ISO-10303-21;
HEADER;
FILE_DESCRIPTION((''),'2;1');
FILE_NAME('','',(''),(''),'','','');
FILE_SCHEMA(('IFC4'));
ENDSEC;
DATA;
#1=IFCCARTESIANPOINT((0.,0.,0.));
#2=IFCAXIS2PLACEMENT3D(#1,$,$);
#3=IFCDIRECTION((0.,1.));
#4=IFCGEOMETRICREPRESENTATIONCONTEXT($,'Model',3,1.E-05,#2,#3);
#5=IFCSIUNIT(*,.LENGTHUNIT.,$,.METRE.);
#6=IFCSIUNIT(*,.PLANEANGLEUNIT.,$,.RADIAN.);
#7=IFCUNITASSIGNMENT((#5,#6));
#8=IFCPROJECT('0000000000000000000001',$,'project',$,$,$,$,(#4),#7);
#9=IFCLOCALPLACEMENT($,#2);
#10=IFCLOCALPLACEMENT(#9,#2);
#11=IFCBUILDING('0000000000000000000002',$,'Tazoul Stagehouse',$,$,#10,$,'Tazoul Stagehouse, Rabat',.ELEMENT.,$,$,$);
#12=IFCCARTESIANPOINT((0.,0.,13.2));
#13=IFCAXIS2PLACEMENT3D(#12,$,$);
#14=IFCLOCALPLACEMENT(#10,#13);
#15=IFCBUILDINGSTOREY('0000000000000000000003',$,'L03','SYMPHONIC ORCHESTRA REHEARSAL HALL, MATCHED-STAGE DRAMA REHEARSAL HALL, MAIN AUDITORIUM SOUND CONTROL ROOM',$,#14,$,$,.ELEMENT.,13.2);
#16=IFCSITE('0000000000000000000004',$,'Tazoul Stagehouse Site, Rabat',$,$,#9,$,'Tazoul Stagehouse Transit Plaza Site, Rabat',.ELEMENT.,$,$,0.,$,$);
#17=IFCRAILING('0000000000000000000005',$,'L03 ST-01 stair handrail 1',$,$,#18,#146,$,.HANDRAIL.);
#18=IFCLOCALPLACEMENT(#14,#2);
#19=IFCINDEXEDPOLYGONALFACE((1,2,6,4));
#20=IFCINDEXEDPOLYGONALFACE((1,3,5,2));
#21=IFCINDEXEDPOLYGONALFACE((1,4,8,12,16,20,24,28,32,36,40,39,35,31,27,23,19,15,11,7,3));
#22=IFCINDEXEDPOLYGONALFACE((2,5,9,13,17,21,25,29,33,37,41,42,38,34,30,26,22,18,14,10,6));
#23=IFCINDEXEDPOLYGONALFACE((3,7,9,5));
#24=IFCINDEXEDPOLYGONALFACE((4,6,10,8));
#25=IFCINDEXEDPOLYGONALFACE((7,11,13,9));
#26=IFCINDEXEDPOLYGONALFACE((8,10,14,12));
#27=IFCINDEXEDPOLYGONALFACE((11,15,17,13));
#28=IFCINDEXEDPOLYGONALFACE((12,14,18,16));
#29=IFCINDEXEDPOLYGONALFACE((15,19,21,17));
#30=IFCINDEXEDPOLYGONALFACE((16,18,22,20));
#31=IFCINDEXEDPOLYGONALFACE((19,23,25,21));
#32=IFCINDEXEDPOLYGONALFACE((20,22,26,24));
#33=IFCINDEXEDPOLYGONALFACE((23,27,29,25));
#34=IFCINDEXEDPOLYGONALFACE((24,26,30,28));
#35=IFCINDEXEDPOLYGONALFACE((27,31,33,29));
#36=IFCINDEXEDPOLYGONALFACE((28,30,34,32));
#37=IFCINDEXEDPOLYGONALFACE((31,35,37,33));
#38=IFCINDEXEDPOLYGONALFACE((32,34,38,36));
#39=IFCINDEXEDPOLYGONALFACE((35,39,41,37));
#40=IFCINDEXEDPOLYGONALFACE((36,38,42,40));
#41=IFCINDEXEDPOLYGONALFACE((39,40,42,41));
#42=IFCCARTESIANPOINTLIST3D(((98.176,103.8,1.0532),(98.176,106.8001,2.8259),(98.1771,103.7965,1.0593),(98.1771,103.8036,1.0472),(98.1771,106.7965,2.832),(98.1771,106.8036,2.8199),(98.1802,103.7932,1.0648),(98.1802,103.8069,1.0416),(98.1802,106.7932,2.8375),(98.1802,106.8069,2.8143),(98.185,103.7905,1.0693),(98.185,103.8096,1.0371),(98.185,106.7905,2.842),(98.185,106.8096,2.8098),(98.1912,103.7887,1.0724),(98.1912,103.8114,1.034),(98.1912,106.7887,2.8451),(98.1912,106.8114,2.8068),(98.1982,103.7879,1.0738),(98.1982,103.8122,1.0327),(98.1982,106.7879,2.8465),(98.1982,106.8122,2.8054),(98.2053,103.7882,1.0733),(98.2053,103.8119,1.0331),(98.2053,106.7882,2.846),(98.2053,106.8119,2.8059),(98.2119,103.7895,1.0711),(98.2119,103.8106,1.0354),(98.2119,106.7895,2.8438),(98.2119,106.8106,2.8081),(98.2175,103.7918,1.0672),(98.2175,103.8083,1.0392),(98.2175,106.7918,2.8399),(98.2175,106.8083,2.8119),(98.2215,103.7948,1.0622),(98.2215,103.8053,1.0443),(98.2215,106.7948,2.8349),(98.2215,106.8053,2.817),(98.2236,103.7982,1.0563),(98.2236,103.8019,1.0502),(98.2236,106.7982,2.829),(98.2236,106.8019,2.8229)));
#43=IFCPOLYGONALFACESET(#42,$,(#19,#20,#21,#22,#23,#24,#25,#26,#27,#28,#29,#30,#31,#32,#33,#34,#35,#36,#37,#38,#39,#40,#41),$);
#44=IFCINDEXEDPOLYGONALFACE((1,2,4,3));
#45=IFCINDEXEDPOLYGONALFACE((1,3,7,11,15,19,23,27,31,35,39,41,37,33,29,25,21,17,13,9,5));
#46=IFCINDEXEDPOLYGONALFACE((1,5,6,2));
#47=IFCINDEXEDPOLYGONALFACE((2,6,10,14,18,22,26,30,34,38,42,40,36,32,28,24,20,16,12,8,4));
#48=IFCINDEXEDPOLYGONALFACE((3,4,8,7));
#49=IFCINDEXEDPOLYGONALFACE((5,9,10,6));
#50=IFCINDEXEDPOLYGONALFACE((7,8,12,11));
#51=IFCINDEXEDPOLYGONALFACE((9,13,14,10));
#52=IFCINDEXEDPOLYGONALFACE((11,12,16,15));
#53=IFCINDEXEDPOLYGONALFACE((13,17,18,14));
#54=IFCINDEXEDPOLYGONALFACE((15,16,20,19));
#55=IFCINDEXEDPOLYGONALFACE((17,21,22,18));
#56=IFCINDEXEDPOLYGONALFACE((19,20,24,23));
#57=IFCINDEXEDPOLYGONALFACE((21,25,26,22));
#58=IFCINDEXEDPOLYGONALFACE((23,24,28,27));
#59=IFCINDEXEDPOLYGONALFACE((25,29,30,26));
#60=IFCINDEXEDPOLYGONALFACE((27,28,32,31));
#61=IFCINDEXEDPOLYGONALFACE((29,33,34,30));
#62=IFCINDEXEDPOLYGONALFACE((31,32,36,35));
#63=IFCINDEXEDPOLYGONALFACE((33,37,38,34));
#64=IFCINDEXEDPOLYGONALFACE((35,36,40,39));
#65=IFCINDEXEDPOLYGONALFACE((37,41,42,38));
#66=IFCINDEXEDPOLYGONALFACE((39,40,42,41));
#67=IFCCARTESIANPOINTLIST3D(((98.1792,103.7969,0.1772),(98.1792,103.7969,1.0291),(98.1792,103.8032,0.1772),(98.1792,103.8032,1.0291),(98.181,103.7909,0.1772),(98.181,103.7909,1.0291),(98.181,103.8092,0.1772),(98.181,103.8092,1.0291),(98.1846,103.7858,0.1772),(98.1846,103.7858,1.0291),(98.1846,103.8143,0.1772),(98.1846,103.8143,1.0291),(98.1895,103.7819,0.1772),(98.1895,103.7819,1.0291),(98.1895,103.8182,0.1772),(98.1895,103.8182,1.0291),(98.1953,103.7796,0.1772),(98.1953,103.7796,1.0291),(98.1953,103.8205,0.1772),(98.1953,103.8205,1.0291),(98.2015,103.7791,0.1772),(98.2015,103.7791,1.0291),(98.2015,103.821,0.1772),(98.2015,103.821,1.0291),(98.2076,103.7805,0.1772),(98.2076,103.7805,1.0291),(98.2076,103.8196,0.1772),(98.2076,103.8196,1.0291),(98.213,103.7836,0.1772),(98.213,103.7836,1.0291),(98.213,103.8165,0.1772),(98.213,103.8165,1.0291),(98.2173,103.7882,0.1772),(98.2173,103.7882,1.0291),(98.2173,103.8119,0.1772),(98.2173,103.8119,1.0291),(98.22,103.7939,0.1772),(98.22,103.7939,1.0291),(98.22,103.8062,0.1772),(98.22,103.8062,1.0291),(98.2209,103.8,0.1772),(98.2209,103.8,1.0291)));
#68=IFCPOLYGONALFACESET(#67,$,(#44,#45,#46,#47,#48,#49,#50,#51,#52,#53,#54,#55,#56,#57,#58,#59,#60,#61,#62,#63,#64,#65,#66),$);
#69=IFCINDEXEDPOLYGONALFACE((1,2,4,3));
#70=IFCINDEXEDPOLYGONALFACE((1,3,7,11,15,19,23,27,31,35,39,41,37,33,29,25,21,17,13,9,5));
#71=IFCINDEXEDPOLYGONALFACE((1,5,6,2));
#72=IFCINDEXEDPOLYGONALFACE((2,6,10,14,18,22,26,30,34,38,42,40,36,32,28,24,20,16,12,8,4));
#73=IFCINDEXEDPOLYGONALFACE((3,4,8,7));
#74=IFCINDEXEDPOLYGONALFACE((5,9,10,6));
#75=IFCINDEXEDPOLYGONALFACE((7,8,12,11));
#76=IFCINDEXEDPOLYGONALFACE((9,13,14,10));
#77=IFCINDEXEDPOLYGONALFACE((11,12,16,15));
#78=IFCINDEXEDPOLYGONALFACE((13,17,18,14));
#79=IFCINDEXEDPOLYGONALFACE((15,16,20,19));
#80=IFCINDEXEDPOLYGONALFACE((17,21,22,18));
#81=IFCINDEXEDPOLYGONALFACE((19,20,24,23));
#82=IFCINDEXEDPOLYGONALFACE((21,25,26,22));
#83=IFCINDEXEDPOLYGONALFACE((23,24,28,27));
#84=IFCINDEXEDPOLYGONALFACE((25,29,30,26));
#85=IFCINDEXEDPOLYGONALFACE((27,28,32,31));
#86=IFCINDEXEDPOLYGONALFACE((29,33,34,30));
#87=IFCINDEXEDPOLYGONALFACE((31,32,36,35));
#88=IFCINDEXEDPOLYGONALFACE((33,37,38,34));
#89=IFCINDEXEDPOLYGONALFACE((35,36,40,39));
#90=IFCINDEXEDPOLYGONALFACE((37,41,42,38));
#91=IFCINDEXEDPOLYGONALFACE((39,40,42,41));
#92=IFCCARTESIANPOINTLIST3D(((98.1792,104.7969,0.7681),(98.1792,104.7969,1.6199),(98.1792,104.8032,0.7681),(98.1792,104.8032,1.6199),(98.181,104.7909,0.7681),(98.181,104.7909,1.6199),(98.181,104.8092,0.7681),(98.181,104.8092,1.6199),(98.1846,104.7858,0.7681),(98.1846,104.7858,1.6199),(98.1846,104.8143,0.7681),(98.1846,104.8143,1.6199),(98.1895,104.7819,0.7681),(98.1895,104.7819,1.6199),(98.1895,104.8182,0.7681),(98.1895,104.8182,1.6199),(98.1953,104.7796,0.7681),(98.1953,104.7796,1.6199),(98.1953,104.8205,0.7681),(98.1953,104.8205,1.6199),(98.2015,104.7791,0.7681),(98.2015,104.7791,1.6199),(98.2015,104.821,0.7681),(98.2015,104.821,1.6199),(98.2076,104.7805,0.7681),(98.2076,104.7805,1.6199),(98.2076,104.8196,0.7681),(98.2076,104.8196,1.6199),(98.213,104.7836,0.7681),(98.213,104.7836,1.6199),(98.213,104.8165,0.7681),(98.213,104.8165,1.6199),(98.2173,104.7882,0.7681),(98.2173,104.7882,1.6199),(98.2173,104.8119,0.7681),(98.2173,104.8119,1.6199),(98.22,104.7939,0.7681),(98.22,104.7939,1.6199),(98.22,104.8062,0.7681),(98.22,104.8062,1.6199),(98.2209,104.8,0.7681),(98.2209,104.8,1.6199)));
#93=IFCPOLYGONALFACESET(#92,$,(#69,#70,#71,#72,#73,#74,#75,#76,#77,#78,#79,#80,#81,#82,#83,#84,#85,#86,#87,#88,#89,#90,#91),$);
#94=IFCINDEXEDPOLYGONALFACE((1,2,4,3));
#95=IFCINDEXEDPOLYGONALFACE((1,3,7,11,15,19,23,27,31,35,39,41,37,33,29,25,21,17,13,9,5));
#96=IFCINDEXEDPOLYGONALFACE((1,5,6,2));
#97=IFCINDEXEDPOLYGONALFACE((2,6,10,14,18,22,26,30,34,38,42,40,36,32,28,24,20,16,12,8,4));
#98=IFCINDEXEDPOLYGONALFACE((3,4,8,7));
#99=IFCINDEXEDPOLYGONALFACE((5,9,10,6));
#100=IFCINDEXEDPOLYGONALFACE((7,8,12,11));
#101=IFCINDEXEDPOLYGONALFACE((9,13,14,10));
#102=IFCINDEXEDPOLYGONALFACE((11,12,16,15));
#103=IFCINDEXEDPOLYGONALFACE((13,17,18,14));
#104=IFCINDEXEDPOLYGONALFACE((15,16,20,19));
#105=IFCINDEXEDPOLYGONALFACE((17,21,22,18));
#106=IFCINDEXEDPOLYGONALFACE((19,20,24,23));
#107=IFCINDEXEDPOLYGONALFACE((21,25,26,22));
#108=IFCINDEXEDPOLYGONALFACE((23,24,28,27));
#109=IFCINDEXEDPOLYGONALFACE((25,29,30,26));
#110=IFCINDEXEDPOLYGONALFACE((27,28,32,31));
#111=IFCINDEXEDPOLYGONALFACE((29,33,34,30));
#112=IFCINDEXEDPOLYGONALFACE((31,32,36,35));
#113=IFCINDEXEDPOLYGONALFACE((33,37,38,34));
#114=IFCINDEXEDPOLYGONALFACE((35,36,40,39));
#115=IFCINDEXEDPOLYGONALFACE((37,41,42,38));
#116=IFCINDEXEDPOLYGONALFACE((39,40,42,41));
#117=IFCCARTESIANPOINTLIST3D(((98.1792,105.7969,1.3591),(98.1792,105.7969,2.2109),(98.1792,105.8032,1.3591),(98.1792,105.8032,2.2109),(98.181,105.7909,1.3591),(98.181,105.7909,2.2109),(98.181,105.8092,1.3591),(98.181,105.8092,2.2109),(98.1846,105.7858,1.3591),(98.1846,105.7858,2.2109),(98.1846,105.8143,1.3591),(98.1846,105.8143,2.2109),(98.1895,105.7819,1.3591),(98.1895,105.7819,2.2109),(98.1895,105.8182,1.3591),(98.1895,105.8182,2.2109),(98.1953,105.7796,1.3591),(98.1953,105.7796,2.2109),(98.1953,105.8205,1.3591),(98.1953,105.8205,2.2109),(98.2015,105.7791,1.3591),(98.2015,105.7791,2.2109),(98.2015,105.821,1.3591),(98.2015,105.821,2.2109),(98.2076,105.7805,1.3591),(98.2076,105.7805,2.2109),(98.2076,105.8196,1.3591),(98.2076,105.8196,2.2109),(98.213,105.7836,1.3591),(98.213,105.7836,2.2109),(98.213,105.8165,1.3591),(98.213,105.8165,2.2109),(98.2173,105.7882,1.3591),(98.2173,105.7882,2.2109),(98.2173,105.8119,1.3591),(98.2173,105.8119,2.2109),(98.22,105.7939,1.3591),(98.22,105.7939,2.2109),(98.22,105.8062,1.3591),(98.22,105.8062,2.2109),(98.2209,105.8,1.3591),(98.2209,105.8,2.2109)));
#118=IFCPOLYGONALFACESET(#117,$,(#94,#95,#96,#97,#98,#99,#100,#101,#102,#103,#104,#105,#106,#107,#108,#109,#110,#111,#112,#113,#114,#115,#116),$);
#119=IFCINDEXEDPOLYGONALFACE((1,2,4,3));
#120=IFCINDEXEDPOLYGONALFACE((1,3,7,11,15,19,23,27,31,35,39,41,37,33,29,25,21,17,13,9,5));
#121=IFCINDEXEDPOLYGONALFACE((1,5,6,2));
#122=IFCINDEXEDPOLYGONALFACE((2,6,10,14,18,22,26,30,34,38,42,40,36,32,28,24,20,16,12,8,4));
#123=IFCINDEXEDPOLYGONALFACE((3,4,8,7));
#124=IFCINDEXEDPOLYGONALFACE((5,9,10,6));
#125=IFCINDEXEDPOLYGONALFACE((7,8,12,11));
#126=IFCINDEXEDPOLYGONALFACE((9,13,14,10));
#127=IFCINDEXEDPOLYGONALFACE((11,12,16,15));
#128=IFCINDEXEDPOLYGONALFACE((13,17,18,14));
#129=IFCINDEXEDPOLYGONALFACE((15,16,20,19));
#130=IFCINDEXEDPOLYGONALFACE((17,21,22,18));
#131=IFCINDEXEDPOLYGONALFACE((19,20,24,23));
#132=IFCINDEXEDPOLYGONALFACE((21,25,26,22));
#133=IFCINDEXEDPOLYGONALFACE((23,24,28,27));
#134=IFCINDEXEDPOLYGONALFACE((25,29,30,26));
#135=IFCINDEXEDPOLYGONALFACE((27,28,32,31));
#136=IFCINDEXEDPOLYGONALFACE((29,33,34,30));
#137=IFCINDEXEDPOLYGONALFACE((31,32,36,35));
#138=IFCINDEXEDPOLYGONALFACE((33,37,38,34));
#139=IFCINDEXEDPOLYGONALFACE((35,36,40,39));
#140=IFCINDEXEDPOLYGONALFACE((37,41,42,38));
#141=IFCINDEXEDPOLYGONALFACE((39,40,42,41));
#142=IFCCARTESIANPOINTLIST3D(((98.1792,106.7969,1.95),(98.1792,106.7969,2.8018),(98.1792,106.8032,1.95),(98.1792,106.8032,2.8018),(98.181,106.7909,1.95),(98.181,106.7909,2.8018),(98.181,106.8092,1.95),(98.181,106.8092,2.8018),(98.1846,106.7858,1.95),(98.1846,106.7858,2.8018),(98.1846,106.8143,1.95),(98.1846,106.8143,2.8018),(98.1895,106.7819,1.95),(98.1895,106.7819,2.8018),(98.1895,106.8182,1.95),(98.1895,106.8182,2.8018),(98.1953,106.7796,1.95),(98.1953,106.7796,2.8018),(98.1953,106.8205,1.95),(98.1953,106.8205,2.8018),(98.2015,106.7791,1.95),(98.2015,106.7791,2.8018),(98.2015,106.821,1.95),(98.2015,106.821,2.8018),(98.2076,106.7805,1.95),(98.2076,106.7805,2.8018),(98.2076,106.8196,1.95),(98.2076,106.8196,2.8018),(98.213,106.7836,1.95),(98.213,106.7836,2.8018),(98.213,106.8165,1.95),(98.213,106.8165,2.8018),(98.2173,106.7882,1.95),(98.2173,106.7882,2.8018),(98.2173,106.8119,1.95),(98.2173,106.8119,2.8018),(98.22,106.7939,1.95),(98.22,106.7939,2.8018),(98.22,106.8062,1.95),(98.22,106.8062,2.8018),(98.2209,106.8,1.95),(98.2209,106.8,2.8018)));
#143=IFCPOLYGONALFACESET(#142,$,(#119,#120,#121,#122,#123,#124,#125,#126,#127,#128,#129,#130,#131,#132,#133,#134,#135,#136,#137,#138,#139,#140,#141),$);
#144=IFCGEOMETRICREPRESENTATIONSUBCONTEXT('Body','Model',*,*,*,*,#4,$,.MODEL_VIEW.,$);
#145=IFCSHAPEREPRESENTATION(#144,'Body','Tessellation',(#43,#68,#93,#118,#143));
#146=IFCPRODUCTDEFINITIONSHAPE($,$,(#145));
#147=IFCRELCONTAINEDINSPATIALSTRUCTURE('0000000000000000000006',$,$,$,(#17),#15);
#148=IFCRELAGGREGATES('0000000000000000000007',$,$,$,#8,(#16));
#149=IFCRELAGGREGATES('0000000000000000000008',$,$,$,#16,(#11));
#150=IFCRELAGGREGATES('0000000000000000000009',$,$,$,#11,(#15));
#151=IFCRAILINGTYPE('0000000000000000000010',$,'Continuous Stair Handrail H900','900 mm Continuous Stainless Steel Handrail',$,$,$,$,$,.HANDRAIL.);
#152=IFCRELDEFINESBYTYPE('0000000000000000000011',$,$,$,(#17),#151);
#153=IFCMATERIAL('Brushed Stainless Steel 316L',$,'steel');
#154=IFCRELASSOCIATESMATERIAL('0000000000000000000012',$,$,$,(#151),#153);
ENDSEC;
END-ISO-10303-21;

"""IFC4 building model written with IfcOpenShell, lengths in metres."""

from ifc_helpers import new_model, si_unit, direction, frame, origin, origin_2d, place, context, subcontext, project, spatial, circle, extrude, material, material_profile, profile_set, type_object, element, save


model = new_model("IFC4")

# Units and contexts
model_context = context("Model", 3, precision=1e-05, world=origin(), true_north=direction((0.0, 1.0)))
body_context = subcontext(model_context, "Body", "Model", "MODEL_VIEW")
ifc_project = project(units=[si_unit("LENGTHUNIT", "METRE"), si_unit("PLANEANGLEUNIT", "RADIAN")], contexts=[model_context])

# Site, building, storey
site_placement = place(None, origin())
site = spatial("IfcSite", under=ifc_project, at=site_placement, Name="Tazoul Stagehouse Site, Rabat", LongName="Tazoul Stagehouse Transit Plaza Site, Rabat", CompositionType="ELEMENT", RefElevation=0.0)
building_placement = place(site_placement, origin())
building = spatial("IfcBuilding", under=site, at=building_placement, Name="Tazoul Stagehouse", LongName="Tazoul Stagehouse, Rabat", CompositionType="ELEMENT")
storey_placement = place(building_placement, frame((0.0, 0.0, 13.2)))
storey = spatial("IfcBuildingStorey", under=building, at=storey_placement, Name="L03", Description="SYMPHONIC ORCHESTRA REHEARSAL HALL, MATCHED-STAGE DRAMA REHEARSAL HALL, MAIN AUDITORIUM SOUND CONTROL ROOM", CompositionType="ELEMENT", Elevation=13.2)

# Railing
ifc_material_1 = material(Name="Brushed Stainless Steel 316L", Category="steel")
ifc_material_profile_1 = material_profile(ifc_material_1, circle(Radius=0.021, at=origin_2d()), Name="SS HANDRAIL D42")
ifc_profile_set_1 = profile_set([ifc_material_profile_1], Name="Brushed Stainless Steel 316L")
railing_type_1 = type_object("IfcRailingType", Name="Continuous Stair Handrail H900", Description="900 mm Continuous Stainless Steel Handrail", PredefinedType="HANDRAIL", material=ifc_profile_set_1)
railing_1_placement = place(storey_placement, frame((98.2, 103.8, 0.1772)))
element("IfcRailing", 1, at=railing_1_placement, inside=storey, type_object=railing_type_1, Name="L03 ST-01 stair handrail 1", PredefinedType="HANDRAIL", context=body_context, shape_type="SweptSolid", body=[
    extrude(circle(Radius=0.0239, at=origin_2d()), frame((0.0, 0.0, 0.876), z_axis=(0.0, 0.860929, 0.508725), x_axis=(-1.0, 0.0, 0.0)), (0.0, 0.0, 1.0), 3.4846),
    extrude(circle(Radius=0.021, at=origin_2d()), origin(), (0.0, 0.0, 1.0), 0.8518),
    extrude(circle(Radius=0.021, at=origin_2d()), frame((0.0, 1.0, 0.5908)), (0.0, 0.0, 1.0), 0.8518),
    extrude(circle(Radius=0.021, at=origin_2d()), frame((0.0, 2.0, 1.1819)), (0.0, 0.0, 1.0), 0.8518),
    extrude(circle(Radius=0.021, at=origin_2d()), frame((0.0, 3.0, 1.7727)), (0.0, 0.0, 1.0), 0.8518),
])

save(model, "model.ifc")
